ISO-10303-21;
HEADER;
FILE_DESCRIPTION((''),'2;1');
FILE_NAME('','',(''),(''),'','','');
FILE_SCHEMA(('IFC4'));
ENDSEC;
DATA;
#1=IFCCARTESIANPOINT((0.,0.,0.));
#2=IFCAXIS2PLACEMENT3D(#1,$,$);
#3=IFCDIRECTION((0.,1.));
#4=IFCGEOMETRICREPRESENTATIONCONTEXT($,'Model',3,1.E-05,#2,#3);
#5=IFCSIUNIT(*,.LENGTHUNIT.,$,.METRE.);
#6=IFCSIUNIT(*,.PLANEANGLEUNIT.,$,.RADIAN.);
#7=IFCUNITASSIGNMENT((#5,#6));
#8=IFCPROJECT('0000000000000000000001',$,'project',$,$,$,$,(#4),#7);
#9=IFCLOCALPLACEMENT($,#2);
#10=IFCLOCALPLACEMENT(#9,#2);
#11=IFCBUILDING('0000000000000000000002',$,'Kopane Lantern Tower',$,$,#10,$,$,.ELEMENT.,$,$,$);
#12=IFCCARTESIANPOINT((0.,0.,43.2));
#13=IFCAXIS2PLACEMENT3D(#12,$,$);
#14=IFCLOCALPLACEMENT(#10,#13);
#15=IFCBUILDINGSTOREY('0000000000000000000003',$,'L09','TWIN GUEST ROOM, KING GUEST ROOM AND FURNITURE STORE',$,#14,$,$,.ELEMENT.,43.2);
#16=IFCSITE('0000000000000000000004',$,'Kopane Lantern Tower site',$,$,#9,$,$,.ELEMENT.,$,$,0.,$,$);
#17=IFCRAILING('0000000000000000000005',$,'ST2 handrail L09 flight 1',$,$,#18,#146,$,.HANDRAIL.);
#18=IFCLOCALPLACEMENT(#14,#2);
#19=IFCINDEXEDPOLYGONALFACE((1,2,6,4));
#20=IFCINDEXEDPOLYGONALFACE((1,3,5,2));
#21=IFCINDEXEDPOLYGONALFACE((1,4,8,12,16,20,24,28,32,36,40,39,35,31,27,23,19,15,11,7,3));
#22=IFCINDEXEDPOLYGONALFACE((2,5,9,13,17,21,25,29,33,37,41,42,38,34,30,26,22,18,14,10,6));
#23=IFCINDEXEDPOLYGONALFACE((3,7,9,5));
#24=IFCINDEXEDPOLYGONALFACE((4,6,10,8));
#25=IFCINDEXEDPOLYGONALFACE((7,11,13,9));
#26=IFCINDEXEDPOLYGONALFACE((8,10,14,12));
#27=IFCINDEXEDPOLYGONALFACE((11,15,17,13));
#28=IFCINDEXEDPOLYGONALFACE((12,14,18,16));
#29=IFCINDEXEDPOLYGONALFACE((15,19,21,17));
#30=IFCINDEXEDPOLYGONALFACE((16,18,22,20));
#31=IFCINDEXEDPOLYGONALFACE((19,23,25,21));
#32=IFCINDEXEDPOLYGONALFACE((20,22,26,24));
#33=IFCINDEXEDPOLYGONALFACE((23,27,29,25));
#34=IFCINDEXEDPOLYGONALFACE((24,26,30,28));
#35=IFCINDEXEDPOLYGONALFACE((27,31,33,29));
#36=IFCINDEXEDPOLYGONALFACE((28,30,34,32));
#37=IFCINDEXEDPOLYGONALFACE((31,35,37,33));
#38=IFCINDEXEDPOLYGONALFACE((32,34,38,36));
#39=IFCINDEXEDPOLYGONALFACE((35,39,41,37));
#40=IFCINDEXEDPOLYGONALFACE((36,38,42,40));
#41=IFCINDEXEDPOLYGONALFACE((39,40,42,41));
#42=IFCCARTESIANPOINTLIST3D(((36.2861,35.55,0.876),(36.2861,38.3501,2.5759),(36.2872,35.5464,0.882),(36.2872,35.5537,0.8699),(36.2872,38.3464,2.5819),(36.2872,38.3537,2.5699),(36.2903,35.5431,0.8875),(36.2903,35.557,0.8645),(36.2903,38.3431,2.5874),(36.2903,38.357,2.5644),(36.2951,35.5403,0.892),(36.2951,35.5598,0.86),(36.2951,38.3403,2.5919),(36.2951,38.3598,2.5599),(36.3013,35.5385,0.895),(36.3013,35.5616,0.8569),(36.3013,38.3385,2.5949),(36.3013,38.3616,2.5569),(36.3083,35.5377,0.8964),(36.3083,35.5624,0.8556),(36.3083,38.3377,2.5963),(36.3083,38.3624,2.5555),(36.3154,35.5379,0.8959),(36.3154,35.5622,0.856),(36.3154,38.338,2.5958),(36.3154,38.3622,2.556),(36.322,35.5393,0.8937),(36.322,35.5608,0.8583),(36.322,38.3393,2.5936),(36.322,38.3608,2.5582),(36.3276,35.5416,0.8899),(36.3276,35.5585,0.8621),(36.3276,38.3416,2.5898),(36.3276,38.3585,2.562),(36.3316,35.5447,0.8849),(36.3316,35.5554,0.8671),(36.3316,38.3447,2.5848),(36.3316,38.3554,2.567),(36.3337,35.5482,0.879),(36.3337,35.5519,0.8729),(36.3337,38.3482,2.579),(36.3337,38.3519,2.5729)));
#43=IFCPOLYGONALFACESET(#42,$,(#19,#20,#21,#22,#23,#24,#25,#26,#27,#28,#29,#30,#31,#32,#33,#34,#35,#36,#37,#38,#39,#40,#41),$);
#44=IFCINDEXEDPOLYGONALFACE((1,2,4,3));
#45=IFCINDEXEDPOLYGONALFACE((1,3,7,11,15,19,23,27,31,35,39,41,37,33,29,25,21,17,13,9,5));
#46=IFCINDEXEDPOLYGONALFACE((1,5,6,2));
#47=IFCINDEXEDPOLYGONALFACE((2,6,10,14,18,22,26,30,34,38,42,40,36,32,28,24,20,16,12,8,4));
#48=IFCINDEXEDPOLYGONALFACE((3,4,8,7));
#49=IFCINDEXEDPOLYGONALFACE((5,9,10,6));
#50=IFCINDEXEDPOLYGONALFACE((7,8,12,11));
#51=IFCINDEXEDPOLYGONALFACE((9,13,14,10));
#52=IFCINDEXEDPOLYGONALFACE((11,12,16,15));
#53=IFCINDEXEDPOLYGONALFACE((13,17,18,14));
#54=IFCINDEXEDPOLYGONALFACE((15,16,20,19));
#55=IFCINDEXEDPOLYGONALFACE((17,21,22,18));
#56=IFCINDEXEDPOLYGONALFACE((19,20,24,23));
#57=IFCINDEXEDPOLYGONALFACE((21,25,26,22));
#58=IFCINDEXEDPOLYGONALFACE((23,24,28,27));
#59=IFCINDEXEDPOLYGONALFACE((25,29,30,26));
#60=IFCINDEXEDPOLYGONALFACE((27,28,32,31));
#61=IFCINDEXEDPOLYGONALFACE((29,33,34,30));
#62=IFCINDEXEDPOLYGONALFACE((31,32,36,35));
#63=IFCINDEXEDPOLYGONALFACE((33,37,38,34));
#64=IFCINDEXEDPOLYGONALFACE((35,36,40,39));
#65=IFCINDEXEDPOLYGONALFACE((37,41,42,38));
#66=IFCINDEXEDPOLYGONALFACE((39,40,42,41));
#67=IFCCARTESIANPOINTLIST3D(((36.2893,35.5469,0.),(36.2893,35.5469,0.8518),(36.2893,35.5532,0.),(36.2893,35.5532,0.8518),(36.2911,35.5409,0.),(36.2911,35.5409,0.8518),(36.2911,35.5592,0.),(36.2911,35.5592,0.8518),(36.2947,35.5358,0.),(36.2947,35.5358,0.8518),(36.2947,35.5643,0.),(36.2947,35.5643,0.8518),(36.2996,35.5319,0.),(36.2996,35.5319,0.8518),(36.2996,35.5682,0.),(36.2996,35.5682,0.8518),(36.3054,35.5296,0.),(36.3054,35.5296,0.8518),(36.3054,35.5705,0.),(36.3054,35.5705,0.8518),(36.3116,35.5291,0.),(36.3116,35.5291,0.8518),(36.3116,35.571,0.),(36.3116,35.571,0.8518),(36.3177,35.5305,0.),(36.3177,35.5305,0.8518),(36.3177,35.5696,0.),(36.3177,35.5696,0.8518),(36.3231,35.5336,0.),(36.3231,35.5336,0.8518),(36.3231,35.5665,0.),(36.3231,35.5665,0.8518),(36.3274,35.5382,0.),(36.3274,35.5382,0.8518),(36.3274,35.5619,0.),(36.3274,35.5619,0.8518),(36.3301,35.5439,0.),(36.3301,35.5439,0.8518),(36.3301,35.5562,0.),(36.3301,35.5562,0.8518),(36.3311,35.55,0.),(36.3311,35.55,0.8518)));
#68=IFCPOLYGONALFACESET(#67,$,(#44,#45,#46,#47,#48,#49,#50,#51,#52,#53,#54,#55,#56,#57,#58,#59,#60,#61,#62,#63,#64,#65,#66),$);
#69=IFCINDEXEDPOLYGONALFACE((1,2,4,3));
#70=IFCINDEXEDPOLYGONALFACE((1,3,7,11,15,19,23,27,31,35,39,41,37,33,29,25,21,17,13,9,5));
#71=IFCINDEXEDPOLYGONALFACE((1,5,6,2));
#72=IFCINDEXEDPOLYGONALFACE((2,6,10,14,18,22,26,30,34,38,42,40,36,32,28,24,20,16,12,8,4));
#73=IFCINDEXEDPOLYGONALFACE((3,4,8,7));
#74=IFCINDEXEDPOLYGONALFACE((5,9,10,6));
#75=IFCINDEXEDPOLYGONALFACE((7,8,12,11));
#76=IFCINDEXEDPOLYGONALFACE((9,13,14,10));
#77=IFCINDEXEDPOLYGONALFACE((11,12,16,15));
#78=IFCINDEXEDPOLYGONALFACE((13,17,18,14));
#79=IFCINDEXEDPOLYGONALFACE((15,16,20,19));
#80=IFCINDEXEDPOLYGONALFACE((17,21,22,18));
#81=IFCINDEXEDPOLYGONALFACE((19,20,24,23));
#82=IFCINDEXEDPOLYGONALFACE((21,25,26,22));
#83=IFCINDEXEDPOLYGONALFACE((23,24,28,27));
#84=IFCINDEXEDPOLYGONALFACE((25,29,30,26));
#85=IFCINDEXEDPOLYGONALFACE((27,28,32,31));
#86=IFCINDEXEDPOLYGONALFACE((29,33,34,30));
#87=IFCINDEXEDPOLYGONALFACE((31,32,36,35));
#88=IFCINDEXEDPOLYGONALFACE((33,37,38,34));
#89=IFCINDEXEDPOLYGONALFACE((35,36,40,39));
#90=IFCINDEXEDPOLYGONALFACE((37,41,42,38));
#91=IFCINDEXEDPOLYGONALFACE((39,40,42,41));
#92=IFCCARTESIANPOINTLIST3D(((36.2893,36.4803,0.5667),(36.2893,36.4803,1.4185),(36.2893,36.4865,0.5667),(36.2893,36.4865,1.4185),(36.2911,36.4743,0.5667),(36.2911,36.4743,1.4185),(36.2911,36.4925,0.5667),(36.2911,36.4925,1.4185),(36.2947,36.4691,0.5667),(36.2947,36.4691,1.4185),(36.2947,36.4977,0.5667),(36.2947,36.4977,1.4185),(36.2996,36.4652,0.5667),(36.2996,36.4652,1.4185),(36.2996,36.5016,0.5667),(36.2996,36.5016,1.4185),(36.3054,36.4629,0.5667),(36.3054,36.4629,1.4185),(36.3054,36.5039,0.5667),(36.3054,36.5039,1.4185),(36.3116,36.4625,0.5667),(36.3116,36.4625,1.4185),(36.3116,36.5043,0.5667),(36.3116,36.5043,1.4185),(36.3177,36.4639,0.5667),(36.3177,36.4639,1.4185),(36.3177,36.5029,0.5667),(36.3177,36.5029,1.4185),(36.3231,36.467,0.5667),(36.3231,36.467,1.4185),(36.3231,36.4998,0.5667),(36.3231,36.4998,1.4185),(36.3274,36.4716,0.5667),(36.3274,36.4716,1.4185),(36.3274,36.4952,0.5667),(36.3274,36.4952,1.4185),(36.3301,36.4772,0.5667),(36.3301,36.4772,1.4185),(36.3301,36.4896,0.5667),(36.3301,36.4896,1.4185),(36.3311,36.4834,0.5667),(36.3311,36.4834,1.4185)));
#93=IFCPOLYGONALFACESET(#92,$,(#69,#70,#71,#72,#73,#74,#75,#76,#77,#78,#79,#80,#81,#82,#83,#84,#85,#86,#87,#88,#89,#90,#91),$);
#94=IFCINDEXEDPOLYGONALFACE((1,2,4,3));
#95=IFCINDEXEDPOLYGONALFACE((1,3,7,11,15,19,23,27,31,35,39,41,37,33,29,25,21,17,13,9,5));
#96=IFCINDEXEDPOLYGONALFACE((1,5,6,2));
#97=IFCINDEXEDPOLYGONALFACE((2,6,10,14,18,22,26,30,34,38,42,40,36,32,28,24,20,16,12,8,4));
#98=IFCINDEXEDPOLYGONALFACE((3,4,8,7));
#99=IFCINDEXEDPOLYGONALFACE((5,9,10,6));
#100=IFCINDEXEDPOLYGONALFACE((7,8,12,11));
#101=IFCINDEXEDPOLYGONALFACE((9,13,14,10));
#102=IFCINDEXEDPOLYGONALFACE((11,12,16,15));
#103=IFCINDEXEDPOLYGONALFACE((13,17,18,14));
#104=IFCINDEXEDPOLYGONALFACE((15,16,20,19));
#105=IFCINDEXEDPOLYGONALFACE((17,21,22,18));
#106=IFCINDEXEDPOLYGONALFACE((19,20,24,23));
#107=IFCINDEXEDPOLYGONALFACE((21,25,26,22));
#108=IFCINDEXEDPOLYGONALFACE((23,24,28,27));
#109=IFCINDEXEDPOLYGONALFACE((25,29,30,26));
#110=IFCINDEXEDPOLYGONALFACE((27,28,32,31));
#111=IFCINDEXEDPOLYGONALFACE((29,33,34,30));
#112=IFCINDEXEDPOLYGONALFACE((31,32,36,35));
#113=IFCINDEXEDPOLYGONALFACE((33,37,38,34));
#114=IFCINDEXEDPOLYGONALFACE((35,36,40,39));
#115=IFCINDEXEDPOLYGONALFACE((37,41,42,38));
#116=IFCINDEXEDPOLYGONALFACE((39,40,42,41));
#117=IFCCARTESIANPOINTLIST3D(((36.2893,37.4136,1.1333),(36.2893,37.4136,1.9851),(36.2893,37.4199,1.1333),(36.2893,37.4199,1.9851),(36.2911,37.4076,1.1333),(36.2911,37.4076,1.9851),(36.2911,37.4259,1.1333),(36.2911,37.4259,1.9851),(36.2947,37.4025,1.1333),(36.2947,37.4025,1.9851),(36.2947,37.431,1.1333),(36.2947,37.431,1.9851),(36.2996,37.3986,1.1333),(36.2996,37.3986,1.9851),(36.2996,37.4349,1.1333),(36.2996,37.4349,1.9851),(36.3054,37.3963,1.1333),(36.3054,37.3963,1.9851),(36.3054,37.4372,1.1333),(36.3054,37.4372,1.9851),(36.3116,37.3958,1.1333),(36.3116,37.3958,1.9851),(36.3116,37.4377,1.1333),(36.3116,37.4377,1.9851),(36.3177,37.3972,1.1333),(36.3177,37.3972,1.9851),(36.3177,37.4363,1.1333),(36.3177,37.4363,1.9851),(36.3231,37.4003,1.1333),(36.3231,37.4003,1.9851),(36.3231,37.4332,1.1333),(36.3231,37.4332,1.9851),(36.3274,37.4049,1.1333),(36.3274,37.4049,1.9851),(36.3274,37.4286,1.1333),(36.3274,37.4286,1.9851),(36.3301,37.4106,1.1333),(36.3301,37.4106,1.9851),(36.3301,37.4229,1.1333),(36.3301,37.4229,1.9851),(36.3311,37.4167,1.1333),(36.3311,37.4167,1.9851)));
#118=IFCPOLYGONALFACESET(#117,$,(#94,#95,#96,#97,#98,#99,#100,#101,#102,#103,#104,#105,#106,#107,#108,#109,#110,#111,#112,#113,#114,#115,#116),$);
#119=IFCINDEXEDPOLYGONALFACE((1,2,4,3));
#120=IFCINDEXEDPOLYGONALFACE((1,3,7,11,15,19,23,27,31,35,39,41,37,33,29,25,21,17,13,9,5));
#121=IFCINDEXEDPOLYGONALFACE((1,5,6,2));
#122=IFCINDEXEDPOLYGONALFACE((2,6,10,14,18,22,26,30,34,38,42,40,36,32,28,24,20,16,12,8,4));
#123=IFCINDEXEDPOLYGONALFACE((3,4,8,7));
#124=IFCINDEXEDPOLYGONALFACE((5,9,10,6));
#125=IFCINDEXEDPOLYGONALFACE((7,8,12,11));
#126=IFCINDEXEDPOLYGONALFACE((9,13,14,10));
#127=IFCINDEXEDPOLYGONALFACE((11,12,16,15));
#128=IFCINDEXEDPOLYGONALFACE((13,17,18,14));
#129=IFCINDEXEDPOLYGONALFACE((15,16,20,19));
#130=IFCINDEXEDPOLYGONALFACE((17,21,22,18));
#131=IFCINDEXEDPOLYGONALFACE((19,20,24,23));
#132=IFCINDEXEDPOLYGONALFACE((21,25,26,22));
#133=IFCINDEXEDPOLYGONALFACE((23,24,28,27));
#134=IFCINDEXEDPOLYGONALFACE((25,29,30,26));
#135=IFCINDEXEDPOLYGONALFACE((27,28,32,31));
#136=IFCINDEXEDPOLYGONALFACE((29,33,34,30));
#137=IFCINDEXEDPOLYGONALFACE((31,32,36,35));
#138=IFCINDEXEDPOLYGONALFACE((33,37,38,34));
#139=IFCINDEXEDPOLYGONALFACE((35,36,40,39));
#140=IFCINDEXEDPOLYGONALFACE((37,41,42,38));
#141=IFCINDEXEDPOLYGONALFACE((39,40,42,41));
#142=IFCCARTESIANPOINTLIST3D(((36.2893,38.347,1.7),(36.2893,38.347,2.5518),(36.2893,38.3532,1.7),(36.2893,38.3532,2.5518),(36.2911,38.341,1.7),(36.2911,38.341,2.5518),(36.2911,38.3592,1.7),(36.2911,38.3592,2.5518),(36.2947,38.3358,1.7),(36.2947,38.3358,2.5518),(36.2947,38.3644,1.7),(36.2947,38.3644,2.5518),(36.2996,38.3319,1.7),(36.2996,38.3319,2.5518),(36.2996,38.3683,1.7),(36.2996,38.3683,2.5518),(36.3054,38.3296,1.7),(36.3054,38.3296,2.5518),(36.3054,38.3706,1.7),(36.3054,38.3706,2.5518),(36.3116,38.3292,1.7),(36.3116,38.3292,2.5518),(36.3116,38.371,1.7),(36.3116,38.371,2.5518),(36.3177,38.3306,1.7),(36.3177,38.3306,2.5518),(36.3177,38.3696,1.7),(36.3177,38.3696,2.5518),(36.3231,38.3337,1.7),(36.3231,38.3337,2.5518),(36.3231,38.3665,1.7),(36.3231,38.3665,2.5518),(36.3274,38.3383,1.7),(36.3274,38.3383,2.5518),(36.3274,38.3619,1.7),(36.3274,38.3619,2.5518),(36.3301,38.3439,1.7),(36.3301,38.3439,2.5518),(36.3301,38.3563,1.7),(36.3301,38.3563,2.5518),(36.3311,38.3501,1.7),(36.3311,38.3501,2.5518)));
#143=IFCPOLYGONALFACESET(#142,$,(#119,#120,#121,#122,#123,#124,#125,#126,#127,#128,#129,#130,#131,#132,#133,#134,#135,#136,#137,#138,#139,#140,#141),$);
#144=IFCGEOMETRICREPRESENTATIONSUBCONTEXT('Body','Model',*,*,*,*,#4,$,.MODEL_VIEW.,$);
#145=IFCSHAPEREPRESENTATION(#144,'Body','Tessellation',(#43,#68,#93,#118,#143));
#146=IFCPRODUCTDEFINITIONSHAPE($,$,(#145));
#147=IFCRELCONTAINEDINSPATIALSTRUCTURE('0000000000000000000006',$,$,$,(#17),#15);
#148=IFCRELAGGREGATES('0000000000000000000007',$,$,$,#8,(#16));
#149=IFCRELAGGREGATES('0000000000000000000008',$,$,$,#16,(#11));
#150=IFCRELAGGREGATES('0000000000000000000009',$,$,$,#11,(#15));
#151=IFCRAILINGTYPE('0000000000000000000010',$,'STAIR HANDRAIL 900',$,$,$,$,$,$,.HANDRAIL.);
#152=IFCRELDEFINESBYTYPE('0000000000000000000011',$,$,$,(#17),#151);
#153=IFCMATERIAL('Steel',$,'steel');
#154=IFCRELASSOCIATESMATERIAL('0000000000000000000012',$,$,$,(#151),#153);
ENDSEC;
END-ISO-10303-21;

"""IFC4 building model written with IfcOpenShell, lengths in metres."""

from ifc_helpers import new_model, si_unit, direction, frame, origin, origin_2d, place, context, subcontext, project, spatial, circle, extrude, material, type_object, element, save


model = new_model("IFC4")

# Units and contexts
model_context = context("Model", 3, precision=1e-05, world=origin(), true_north=direction((0.0, 1.0)))
body_context = subcontext(model_context, "Body", "Model", "MODEL_VIEW")
ifc_project = project(units=[si_unit("LENGTHUNIT", "METRE"), si_unit("PLANEANGLEUNIT", "RADIAN")], contexts=[model_context])

# Site, building, storey
site_placement = place(None, origin())
site = spatial("IfcSite", under=ifc_project, at=site_placement, Name="Kopane Lantern Tower site", CompositionType="ELEMENT", RefElevation=0.0)
building_placement = place(site_placement, origin())
building = spatial("IfcBuilding", under=site, at=building_placement, Name="Kopane Lantern Tower", CompositionType="ELEMENT")
storey_placement = place(building_placement, frame((0.0, 0.0, 43.2)))
storey = spatial("IfcBuildingStorey", under=building, at=storey_placement, Name="L09", Description="TWIN GUEST ROOM, KING GUEST ROOM AND FURNITURE STORE", CompositionType="ELEMENT", Elevation=43.2)

# Railing
ifc_material_1 = material(Name="Steel", Category="steel")
railing_type_1 = type_object("IfcRailingType", Name="STAIR HANDRAIL 900", PredefinedType="HANDRAIL", material=ifc_material_1)
for number, where, name in (
    (1, (36.3101, 35.55, 0.0), "ST2 handrail L09 flight 1"),
):
    element("IfcRailing", number, at=place(storey_placement, frame(where)), inside=storey, type_object=railing_type_1, Name=name, PredefinedType="HANDRAIL", context=body_context, shape_type="SweptSolid", body=[
        extrude(circle(Radius=0.0239, at=origin_2d()), frame((0.0, 0.0, 0.876), z_axis=(0.0, 0.854798, 0.518961), x_axis=(-1.0, 0.0, 0.0)), (0.0, 0.0, 1.0), 3.2756),
        extrude(circle(Radius=0.021, at=origin_2d()), origin(), (0.0, 0.0, 1.0), 0.8518),
        extrude(circle(Radius=0.021, at=origin_2d()), frame((0.0, 0.9333, 0.5667)), (0.0, 0.0, 1.0), 0.8518),
        extrude(circle(Radius=0.021, at=origin_2d()), frame((0.0, 1.8667, 1.1333)), (0.0, 0.0, 1.0), 0.8518),
        extrude(circle(Radius=0.021, at=origin_2d()), frame((0.0, 2.8, 1.7)), (0.0, 0.0, 1.0), 0.8518),
    ])

save(model, "model.ifc")
